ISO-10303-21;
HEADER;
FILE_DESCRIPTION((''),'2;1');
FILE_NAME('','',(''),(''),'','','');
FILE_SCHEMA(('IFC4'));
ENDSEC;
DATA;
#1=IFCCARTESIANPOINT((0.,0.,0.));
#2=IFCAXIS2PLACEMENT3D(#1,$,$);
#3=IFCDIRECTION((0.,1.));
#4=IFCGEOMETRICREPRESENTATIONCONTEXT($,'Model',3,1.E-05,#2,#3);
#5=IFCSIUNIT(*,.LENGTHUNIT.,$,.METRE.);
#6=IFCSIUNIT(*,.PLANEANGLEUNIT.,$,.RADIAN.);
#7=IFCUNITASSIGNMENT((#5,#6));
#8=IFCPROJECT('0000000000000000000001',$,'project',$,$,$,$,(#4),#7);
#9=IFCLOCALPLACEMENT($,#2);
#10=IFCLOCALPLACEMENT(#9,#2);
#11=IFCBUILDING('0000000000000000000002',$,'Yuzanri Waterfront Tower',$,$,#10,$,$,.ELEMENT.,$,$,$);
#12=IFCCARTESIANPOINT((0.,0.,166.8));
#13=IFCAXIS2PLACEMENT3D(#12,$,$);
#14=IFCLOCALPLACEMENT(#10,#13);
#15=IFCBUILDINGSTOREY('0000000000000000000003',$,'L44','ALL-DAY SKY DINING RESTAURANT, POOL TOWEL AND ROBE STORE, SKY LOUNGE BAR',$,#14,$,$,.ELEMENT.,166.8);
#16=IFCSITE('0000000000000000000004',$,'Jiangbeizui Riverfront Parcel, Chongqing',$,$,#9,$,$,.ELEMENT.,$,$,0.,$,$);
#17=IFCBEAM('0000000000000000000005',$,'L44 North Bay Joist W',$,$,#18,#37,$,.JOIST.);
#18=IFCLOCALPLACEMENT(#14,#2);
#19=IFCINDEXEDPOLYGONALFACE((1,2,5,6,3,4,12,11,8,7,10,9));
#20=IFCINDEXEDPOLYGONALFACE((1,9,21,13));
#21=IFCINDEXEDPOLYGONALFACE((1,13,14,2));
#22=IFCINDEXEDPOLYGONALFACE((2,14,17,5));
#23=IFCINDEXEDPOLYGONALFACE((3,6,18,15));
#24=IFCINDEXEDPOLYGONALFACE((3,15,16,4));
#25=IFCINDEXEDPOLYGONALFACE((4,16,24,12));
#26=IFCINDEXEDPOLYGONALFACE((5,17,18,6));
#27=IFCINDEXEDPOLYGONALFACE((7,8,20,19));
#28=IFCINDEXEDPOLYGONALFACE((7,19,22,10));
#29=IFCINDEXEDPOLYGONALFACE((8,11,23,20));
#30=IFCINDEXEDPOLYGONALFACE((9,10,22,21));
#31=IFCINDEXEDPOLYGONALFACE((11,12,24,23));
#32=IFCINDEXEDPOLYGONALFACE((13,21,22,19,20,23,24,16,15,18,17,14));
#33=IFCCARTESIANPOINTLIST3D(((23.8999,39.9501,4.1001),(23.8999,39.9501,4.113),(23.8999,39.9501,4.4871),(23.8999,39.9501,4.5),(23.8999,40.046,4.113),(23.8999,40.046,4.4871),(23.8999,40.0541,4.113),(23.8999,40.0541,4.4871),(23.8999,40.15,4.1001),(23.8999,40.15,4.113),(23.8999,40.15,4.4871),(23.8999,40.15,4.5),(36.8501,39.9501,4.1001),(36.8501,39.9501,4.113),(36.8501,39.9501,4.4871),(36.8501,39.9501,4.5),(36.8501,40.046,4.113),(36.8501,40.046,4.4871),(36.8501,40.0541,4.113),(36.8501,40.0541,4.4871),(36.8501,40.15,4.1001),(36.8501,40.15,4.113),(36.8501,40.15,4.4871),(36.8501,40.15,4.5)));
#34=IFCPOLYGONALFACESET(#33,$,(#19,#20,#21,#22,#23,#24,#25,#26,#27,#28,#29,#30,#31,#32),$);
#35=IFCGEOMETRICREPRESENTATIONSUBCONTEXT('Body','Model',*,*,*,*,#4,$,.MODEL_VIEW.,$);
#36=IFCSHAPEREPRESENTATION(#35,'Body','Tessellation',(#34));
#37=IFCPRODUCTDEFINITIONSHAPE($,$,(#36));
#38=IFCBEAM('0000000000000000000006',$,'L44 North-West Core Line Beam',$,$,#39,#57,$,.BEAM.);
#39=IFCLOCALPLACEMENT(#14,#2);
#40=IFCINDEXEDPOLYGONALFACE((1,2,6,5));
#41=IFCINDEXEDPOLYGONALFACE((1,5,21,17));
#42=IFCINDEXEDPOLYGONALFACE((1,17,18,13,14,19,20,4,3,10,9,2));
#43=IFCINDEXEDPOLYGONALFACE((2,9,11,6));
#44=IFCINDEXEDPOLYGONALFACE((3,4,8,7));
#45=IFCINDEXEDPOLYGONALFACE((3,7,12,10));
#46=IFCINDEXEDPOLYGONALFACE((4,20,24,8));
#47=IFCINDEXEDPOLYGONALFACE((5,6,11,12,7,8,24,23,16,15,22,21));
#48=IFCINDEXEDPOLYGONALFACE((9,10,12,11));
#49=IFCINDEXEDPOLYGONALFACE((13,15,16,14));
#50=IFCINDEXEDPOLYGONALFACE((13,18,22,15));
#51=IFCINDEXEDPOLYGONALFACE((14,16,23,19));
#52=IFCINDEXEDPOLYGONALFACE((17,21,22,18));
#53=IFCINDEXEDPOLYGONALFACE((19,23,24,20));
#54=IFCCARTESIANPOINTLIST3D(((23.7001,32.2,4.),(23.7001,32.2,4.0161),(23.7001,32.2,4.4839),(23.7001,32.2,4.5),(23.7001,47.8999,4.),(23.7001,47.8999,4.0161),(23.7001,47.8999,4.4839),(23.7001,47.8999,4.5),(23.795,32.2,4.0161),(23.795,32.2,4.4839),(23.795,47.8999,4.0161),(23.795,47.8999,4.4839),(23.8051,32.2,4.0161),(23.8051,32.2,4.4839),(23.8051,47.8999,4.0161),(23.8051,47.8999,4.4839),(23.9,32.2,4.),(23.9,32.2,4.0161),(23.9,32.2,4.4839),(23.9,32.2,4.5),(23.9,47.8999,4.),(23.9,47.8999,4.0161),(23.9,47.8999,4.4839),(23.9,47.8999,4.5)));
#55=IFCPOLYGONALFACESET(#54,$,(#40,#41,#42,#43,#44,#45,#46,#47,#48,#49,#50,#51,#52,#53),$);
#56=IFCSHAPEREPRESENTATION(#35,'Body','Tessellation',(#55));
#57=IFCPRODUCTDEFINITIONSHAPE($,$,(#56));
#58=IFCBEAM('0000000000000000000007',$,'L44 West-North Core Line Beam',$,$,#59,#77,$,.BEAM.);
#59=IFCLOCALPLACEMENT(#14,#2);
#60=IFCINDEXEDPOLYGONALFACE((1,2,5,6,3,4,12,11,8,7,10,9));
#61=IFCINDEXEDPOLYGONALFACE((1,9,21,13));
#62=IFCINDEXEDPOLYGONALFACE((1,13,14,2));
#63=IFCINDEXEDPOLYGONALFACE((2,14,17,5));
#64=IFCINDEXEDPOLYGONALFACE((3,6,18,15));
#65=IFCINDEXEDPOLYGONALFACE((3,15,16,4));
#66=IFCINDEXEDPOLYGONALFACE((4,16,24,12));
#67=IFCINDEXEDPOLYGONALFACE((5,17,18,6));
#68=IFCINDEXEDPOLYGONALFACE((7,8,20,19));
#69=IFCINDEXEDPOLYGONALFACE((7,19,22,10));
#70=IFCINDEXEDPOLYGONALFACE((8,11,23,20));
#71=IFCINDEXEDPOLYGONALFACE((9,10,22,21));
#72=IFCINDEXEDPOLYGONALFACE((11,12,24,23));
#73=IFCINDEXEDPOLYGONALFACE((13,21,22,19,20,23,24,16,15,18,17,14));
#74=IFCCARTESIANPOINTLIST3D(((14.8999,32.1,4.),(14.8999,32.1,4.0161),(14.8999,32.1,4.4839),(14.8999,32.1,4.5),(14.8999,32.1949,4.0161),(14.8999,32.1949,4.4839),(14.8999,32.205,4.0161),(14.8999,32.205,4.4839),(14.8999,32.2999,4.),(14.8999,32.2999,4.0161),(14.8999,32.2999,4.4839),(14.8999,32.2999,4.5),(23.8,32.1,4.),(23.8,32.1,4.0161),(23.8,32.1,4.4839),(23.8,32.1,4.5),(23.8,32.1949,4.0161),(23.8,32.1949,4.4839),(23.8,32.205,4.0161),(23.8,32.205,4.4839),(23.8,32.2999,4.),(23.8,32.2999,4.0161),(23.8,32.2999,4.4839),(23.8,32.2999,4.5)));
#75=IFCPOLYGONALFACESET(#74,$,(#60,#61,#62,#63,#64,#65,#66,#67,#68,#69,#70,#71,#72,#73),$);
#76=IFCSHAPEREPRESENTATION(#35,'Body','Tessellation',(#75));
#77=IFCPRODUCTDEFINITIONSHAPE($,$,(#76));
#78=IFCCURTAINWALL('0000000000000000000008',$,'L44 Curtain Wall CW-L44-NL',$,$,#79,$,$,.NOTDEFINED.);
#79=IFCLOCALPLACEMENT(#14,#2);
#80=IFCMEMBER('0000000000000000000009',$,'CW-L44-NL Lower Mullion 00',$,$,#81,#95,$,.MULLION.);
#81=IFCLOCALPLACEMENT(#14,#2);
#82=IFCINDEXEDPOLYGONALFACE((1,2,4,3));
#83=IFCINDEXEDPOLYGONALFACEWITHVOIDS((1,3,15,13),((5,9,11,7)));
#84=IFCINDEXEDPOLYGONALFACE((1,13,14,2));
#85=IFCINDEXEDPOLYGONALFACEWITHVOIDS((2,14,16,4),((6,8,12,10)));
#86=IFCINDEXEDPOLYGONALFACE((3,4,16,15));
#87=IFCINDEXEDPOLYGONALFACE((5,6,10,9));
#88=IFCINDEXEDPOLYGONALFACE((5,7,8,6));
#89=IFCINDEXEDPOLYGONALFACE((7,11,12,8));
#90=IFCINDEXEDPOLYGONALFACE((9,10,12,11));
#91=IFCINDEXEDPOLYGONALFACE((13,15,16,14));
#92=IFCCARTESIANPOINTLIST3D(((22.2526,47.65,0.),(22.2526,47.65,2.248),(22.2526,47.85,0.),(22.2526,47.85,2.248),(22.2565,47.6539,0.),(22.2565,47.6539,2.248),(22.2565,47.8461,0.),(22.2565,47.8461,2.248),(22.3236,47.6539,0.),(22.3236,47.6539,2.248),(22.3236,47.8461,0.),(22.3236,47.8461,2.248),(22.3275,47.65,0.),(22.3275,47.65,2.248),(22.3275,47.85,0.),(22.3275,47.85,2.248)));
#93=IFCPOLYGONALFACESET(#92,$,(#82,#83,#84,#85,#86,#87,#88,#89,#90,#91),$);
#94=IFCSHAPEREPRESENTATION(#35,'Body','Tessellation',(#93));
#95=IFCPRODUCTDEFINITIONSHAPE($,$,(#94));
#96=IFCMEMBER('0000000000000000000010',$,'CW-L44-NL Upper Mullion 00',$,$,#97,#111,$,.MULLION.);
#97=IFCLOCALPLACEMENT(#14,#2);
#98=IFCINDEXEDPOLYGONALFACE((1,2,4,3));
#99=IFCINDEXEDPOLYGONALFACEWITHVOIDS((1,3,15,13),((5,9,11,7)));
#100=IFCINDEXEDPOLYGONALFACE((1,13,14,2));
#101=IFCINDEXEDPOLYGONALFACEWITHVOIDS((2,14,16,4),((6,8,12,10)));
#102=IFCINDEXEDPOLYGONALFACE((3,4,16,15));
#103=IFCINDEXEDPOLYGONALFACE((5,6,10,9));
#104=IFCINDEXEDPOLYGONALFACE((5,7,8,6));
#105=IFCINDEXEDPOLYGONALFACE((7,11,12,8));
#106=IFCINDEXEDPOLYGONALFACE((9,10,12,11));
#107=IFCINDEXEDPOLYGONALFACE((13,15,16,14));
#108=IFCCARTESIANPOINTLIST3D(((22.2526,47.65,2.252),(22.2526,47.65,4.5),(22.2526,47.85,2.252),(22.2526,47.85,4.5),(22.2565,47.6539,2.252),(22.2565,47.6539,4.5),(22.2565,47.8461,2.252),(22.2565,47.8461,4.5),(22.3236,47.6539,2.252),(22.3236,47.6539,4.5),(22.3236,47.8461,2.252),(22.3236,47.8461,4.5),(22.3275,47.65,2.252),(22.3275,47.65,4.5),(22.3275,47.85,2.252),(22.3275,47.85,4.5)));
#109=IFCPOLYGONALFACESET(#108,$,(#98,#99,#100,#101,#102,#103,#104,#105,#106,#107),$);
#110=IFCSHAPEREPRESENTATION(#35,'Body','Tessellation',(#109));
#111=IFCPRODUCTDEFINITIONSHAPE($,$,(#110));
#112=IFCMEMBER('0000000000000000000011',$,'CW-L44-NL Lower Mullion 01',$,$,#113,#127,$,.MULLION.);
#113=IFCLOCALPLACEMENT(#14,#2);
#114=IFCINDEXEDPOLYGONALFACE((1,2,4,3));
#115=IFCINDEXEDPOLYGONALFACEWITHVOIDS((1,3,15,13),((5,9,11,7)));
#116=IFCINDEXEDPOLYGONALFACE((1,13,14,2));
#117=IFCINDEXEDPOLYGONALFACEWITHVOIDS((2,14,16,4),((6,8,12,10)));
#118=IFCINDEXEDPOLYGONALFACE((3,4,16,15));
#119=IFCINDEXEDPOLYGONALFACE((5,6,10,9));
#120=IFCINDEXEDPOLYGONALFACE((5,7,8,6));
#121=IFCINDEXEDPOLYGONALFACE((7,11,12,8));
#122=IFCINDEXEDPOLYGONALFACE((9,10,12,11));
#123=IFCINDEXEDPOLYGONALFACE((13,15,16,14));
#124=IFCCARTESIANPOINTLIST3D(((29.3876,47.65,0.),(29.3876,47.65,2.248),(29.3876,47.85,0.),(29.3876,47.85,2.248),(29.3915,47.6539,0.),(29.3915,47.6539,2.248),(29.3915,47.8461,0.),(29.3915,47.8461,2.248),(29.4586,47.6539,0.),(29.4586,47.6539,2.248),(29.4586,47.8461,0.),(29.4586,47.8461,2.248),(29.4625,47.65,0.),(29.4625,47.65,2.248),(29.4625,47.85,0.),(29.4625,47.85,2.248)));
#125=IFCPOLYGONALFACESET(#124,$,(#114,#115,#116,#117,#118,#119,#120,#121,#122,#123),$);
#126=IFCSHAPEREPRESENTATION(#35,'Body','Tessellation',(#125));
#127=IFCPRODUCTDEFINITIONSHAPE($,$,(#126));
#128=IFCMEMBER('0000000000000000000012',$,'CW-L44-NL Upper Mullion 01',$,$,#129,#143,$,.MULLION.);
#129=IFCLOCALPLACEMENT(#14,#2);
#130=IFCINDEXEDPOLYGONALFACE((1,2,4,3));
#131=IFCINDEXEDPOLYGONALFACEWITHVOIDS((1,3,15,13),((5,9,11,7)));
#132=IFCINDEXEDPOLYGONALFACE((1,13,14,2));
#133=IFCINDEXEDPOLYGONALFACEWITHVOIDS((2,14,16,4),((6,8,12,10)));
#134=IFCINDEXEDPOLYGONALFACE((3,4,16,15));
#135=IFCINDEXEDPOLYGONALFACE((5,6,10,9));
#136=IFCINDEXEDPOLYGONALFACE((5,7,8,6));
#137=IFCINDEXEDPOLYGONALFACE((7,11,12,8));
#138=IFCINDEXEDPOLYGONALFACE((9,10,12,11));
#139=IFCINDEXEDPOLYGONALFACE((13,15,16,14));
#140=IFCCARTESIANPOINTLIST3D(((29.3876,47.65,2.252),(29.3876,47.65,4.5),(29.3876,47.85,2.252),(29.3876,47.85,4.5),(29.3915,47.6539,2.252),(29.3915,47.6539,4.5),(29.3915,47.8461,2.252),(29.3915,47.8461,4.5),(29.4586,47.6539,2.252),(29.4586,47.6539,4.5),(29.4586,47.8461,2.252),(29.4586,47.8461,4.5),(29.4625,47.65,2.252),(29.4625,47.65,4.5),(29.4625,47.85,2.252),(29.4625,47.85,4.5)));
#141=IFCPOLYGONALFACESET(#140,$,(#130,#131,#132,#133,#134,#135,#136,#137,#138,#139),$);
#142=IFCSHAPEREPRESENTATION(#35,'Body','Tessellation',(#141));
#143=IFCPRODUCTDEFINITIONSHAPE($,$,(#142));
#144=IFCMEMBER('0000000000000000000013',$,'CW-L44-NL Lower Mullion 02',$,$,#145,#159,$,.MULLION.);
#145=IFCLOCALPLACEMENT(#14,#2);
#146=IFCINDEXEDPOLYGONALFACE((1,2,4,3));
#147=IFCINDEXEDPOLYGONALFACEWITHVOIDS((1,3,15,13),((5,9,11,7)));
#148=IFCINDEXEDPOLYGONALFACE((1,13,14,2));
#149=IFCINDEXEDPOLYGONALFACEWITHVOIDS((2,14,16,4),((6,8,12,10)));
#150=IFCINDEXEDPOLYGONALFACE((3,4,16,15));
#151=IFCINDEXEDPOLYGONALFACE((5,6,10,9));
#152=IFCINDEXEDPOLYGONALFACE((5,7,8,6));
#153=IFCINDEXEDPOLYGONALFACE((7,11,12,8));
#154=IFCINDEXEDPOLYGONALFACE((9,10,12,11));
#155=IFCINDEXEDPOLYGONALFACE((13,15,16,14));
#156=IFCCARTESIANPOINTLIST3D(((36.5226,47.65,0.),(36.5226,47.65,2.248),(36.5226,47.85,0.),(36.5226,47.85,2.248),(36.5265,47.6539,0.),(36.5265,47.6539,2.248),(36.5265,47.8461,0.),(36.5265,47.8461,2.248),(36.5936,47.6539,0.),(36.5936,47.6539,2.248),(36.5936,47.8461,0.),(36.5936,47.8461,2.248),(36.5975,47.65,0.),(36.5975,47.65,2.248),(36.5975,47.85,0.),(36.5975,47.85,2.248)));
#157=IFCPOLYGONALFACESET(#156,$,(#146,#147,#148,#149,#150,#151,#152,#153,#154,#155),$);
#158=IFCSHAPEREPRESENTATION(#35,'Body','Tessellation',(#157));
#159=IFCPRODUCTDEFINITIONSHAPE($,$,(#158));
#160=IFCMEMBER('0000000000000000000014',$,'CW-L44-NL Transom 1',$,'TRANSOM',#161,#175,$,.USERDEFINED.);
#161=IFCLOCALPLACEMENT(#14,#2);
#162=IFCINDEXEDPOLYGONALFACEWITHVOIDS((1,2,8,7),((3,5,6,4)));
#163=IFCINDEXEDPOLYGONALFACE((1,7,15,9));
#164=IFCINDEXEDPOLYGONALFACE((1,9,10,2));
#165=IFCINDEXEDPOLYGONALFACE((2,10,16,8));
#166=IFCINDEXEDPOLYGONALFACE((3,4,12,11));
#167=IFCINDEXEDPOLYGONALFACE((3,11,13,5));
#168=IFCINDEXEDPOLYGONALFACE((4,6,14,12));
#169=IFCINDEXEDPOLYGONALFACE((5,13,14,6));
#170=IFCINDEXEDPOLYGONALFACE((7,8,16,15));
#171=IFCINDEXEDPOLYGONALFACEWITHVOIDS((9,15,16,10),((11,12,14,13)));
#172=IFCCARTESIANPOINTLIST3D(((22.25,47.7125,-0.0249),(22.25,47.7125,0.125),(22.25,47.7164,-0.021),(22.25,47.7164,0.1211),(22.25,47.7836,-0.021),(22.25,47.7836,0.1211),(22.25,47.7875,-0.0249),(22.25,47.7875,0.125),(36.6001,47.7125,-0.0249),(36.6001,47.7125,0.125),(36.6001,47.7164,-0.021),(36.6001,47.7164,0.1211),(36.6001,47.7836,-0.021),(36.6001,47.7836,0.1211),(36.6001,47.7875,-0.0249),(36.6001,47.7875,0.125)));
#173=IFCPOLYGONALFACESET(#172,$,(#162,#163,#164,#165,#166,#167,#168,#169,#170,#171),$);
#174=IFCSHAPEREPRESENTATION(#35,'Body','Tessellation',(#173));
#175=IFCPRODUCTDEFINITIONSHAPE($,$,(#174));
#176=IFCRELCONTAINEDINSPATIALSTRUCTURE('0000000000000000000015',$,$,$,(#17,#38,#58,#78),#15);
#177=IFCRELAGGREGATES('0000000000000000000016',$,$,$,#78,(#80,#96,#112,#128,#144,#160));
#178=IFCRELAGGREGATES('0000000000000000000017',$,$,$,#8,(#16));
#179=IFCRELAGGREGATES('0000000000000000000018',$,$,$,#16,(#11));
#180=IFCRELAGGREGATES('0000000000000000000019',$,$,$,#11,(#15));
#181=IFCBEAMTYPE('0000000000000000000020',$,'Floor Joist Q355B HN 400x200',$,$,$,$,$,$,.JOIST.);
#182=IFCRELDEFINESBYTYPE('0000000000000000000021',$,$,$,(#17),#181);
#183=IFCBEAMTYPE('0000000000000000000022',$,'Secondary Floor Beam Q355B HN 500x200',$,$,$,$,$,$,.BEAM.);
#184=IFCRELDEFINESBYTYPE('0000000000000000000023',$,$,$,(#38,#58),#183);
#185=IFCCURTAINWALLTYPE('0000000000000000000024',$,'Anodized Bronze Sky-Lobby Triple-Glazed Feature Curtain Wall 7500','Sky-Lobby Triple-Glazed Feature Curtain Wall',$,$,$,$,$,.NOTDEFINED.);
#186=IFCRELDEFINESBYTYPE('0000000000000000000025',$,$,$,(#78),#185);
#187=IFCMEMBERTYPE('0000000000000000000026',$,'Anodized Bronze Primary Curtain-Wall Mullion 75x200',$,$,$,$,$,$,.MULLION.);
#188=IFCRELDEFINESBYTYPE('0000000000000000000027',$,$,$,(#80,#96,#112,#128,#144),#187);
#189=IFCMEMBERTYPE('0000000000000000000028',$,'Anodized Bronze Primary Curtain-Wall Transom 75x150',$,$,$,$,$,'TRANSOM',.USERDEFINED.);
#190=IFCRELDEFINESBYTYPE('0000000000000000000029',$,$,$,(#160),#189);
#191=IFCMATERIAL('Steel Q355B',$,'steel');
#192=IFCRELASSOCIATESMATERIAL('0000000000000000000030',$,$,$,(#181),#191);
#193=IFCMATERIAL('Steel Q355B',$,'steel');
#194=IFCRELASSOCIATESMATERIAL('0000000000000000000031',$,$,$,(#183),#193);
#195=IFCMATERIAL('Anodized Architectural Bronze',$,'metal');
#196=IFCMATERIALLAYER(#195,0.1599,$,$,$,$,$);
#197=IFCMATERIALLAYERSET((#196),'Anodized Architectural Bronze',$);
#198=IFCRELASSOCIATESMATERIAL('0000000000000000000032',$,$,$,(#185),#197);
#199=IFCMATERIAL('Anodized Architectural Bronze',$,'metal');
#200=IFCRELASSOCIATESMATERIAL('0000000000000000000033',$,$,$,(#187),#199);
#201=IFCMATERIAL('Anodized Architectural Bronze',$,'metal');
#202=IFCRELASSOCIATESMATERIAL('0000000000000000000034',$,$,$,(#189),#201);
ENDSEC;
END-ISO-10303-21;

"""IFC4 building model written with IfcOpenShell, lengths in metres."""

from ifc_helpers import new_model, si_unit, direction, frame, origin, origin_2d, place, context, subcontext, project, spatial, hollow_rectangle, i_section, extrude, source, transform, mapped, material, layer, layer_set, material_profile, profile_set, type_object, element, aggregate, save


model = new_model("IFC4")

# Units and contexts
model_context = context("Model", 3, precision=1e-05, world=origin(), true_north=direction((0.0, 1.0)))
body_context = subcontext(model_context, "Body", "Model", "MODEL_VIEW")
ifc_project = project(units=[si_unit("LENGTHUNIT", "METRE"), si_unit("PLANEANGLEUNIT", "RADIAN")], contexts=[model_context])

# Site, building, storey
site_placement = place(None, origin())
site = spatial("IfcSite", under=ifc_project, at=site_placement, Name="Jiangbeizui Riverfront Parcel, Chongqing", CompositionType="ELEMENT", RefElevation=0.0)
building_placement = place(site_placement, origin())
building = spatial("IfcBuilding", under=site, at=building_placement, Name="Yuzanri Waterfront Tower", CompositionType="ELEMENT")
storey_placement = place(building_placement, frame((0.0, 0.0, 166.8)))
storey = spatial("IfcBuildingStorey", under=building, at=storey_placement, Name="L44", Description="ALL-DAY SKY DINING RESTAURANT, POOL TOWEL AND ROBE STORE, SKY LOUNGE BAR", CompositionType="ELEMENT", Elevation=166.8)

# Beams
ifc_material_1 = material(Name="Steel Q355B", Category="steel")
ifc_material_profile_1 = material_profile(ifc_material_1, i_section(OverallWidth=0.2, OverallDepth=0.3999, WebThickness=0.0081, FlangeThickness=0.0129, at=origin_2d()), Name="HN 400x200x8x13")
ifc_profile_set_1 = profile_set([ifc_material_profile_1], Name="Steel Q355B")
beam_type_1 = type_object("IfcBeamType", Name="Floor Joist Q355B HN 400x200", PredefinedType="JOIST", material=ifc_profile_set_1)
shared_shape_1 = source(origin(), body_context, "Body", "SweptSolid", [
    extrude(i_section(OverallWidth=0.2, OverallDepth=0.3999, WebThickness=0.0081, FlangeThickness=0.0129, at=origin_2d()), origin(), (0.0, 0.0, 1.0), 12.9502),
])
beam_1_placement = place(storey_placement, frame((23.8999, 40.05, 4.3), z_axis=(1.0, 0.0, 0.0), x_axis=(0.0, 1.0, 0.0)))
element("IfcBeam", 1, at=beam_1_placement, inside=storey, type_object=beam_type_1, Name="L44 North Bay Joist W", PredefinedType="JOIST", context=body_context, shape_type="MappedRepresentation", body=[
    mapped(shared_shape_1, transform((0.0, 0.0, 0.0), scale=1.0)),
])
ifc_material_2 = material(Name="Steel Q355B", Category="steel")
ifc_material_profile_2 = material_profile(ifc_material_2, i_section(OverallWidth=0.2, OverallDepth=0.5, WebThickness=0.01, FlangeThickness=0.0161, at=origin_2d()), Name="HN 500x200x10x16")
ifc_profile_set_2 = profile_set([ifc_material_profile_2], Name="Steel Q355B")
beam_type_2 = type_object("IfcBeamType", Name="Secondary Floor Beam Q355B HN 500x200", PredefinedType="BEAM", material=ifc_profile_set_2)
shared_shape_2 = source(origin(), body_context, "Body", "SweptSolid", [
    extrude(i_section(OverallWidth=0.2, OverallDepth=0.5, WebThickness=0.01, FlangeThickness=0.0161, at=origin_2d()), origin(), (0.0, 0.0, 1.0), 15.7),
])
beam_2_placement = place(storey_placement, frame((23.8, 32.2, 4.25), z_axis=(0.0, 1.0, 0.0), x_axis=(-1.0, 0.0, 0.0)))
element("IfcBeam", 2, at=beam_2_placement, inside=storey, type_object=beam_type_2, Name="L44 North-West Core Line Beam", PredefinedType="BEAM", context=body_context, shape_type="MappedRepresentation", body=[
    mapped(shared_shape_2, transform((0.0, 0.0, 0.0), scale=1.0)),
])
shared_shape_3 = source(origin(), body_context, "Body", "SweptSolid", [
    extrude(i_section(OverallWidth=0.2, OverallDepth=0.5, WebThickness=0.01, FlangeThickness=0.0161, at=origin_2d()), origin(), (0.0, 0.0, 1.0), 8.9001),
])
beam_3_placement = place(storey_placement, frame((23.8, 32.2, 4.25), z_axis=(-1.0, 0.0, 0.0), x_axis=(0.0, -1.0, 0.0)))
element("IfcBeam", 3, at=beam_3_placement, inside=storey, type_object=beam_type_2, Name="L44 West-North Core Line Beam", PredefinedType="BEAM", context=body_context, shape_type="MappedRepresentation", body=[
    mapped(shared_shape_3, transform((0.0, 0.0, 0.0), scale=1.0)),
])

# Curtain wall, members
ifc_material_3 = material(Name="Anodized Architectural Bronze", Category="metal")
ifc_layer_1 = layer(ifc_material_3, 0.1599)
ifc_layer_set_1 = layer_set([ifc_layer_1], Name="Anodized Architectural Bronze")
curtain_wall_type = type_object("IfcCurtainWallType", Name="Anodized Bronze Sky-Lobby Triple-Glazed Feature Curtain Wall 7500", Description="Sky-Lobby Triple-Glazed Feature Curtain Wall", PredefinedType="NOTDEFINED", material=ifc_layer_set_1)
curtain_wall_placement = place(storey_placement, origin())
curtain_wall = element("IfcCurtainWall", 4, at=curtain_wall_placement, inside=storey, type_object=curtain_wall_type, Name="L44 Curtain Wall CW-L44-NL", PredefinedType="NOTDEFINED")
ifc_material_4 = material(Name="Anodized Architectural Bronze", Category="metal")
ifc_material_profile_3 = material_profile(ifc_material_4, hollow_rectangle(XDim=0.075, YDim=0.2, WallThickness=0.0039, at=origin_2d()), Name="CWM 75x200")
ifc_profile_set_3 = profile_set([ifc_material_profile_3], Name="Anodized Architectural Bronze")
member_type_1 = type_object("IfcMemberType", Name="Anodized Bronze Primary Curtain-Wall Mullion 75x200", PredefinedType="MULLION", material=ifc_profile_set_3)
shared_shape_4 = source(origin(), body_context, "Body", "SweptSolid", [
    extrude(hollow_rectangle(XDim=0.075, YDim=0.2, WallThickness=0.0039, at=origin_2d()), origin(), (0.0, 0.0, 1.0), 2.248),
])
member_1_placement = place(storey_placement, frame((22.29, 47.75, 0.0), z_axis=(0.0, 0.0, 1.0), x_axis=(1.0, 0.0, 0.0)))
member_1 = element("IfcMember", 5, at=member_1_placement, type_object=member_type_1, Name="CW-L44-NL Lower Mullion 00", PredefinedType="MULLION", context=body_context, shape_type="MappedRepresentation", body=[
    mapped(shared_shape_4, transform((0.0, 0.0, 0.0), scale=1.0)),
])
member_2_placement = place(storey_placement, frame((22.29, 47.75, 2.252), z_axis=(0.0, 0.0, 1.0), x_axis=(1.0, 0.0, 0.0)))
member_2 = element("IfcMember", 6, at=member_2_placement, type_object=member_type_1, Name="CW-L44-NL Upper Mullion 00", PredefinedType="MULLION", context=body_context, shape_type="MappedRepresentation", body=[
    mapped(shared_shape_4, transform((0.0, 0.0, 0.0), scale=1.0)),
])
member_3_placement = place(storey_placement, frame((29.425, 47.75, 0.0), z_axis=(0.0, 0.0, 1.0), x_axis=(1.0, 0.0, 0.0)))
member_3 = element("IfcMember", 7, at=member_3_placement, type_object=member_type_1, Name="CW-L44-NL Lower Mullion 01", PredefinedType="MULLION", context=body_context, shape_type="MappedRepresentation", body=[
    mapped(shared_shape_4, transform((0.0, 0.0, 0.0), scale=1.0)),
])
member_4_placement = place(storey_placement, frame((29.425, 47.75, 2.252), z_axis=(0.0, 0.0, 1.0), x_axis=(1.0, 0.0, 0.0)))
member_4 = element("IfcMember", 8, at=member_4_placement, type_object=member_type_1, Name="CW-L44-NL Upper Mullion 01", PredefinedType="MULLION", context=body_context, shape_type="MappedRepresentation", body=[
    mapped(shared_shape_4, transform((0.0, 0.0, 0.0), scale=1.0)),
])
member_5_placement = place(storey_placement, frame((36.5601, 47.75, 0.0), z_axis=(0.0, 0.0, 1.0), x_axis=(1.0, 0.0, 0.0)))
member_5 = element("IfcMember", 9, at=member_5_placement, type_object=member_type_1, Name="CW-L44-NL Lower Mullion 02", PredefinedType="MULLION", context=body_context, shape_type="MappedRepresentation", body=[
    mapped(shared_shape_4, transform((0.0, 0.0, 0.0), scale=1.0)),
])
ifc_material_5 = material(Name="Anodized Architectural Bronze", Category="metal")
ifc_material_profile_4 = material_profile(ifc_material_5, hollow_rectangle(XDim=0.075, YDim=0.1499, WallThickness=0.0039, at=origin_2d()), Name="CWT 75x150")
ifc_profile_set_4 = profile_set([ifc_material_profile_4], Name="Anodized Architectural Bronze")
member_type_2 = type_object("IfcMemberType", Name="Anodized Bronze Primary Curtain-Wall Transom 75x150", ElementType="TRANSOM", PredefinedType="USERDEFINED", material=ifc_profile_set_4)
shared_shape_5 = source(origin(), body_context, "Body", "SweptSolid", [
    extrude(hollow_rectangle(XDim=0.075, YDim=0.1499, WallThickness=0.0039, at=origin_2d()), origin(), (0.0, 0.0, 1.0), 14.3501),
])
member_6_placement = place(storey_placement, frame((22.25, 47.75, 0.05), z_axis=(1.0, 0.0, 0.0), x_axis=(0.0, 1.0, 0.0)))
member_6 = element("IfcMember", 10, at=member_6_placement, type_object=member_type_2, Name="CW-L44-NL Transom 1", ObjectType="TRANSOM", PredefinedType="USERDEFINED", context=body_context, shape_type="MappedRepresentation", body=[
    mapped(shared_shape_5, transform((0.0, 0.0, 0.0), scale=1.0)),
])

aggregate(curtain_wall, [member_1, member_2, member_3, member_4, member_5, member_6])

save(model, "model.ifc")
